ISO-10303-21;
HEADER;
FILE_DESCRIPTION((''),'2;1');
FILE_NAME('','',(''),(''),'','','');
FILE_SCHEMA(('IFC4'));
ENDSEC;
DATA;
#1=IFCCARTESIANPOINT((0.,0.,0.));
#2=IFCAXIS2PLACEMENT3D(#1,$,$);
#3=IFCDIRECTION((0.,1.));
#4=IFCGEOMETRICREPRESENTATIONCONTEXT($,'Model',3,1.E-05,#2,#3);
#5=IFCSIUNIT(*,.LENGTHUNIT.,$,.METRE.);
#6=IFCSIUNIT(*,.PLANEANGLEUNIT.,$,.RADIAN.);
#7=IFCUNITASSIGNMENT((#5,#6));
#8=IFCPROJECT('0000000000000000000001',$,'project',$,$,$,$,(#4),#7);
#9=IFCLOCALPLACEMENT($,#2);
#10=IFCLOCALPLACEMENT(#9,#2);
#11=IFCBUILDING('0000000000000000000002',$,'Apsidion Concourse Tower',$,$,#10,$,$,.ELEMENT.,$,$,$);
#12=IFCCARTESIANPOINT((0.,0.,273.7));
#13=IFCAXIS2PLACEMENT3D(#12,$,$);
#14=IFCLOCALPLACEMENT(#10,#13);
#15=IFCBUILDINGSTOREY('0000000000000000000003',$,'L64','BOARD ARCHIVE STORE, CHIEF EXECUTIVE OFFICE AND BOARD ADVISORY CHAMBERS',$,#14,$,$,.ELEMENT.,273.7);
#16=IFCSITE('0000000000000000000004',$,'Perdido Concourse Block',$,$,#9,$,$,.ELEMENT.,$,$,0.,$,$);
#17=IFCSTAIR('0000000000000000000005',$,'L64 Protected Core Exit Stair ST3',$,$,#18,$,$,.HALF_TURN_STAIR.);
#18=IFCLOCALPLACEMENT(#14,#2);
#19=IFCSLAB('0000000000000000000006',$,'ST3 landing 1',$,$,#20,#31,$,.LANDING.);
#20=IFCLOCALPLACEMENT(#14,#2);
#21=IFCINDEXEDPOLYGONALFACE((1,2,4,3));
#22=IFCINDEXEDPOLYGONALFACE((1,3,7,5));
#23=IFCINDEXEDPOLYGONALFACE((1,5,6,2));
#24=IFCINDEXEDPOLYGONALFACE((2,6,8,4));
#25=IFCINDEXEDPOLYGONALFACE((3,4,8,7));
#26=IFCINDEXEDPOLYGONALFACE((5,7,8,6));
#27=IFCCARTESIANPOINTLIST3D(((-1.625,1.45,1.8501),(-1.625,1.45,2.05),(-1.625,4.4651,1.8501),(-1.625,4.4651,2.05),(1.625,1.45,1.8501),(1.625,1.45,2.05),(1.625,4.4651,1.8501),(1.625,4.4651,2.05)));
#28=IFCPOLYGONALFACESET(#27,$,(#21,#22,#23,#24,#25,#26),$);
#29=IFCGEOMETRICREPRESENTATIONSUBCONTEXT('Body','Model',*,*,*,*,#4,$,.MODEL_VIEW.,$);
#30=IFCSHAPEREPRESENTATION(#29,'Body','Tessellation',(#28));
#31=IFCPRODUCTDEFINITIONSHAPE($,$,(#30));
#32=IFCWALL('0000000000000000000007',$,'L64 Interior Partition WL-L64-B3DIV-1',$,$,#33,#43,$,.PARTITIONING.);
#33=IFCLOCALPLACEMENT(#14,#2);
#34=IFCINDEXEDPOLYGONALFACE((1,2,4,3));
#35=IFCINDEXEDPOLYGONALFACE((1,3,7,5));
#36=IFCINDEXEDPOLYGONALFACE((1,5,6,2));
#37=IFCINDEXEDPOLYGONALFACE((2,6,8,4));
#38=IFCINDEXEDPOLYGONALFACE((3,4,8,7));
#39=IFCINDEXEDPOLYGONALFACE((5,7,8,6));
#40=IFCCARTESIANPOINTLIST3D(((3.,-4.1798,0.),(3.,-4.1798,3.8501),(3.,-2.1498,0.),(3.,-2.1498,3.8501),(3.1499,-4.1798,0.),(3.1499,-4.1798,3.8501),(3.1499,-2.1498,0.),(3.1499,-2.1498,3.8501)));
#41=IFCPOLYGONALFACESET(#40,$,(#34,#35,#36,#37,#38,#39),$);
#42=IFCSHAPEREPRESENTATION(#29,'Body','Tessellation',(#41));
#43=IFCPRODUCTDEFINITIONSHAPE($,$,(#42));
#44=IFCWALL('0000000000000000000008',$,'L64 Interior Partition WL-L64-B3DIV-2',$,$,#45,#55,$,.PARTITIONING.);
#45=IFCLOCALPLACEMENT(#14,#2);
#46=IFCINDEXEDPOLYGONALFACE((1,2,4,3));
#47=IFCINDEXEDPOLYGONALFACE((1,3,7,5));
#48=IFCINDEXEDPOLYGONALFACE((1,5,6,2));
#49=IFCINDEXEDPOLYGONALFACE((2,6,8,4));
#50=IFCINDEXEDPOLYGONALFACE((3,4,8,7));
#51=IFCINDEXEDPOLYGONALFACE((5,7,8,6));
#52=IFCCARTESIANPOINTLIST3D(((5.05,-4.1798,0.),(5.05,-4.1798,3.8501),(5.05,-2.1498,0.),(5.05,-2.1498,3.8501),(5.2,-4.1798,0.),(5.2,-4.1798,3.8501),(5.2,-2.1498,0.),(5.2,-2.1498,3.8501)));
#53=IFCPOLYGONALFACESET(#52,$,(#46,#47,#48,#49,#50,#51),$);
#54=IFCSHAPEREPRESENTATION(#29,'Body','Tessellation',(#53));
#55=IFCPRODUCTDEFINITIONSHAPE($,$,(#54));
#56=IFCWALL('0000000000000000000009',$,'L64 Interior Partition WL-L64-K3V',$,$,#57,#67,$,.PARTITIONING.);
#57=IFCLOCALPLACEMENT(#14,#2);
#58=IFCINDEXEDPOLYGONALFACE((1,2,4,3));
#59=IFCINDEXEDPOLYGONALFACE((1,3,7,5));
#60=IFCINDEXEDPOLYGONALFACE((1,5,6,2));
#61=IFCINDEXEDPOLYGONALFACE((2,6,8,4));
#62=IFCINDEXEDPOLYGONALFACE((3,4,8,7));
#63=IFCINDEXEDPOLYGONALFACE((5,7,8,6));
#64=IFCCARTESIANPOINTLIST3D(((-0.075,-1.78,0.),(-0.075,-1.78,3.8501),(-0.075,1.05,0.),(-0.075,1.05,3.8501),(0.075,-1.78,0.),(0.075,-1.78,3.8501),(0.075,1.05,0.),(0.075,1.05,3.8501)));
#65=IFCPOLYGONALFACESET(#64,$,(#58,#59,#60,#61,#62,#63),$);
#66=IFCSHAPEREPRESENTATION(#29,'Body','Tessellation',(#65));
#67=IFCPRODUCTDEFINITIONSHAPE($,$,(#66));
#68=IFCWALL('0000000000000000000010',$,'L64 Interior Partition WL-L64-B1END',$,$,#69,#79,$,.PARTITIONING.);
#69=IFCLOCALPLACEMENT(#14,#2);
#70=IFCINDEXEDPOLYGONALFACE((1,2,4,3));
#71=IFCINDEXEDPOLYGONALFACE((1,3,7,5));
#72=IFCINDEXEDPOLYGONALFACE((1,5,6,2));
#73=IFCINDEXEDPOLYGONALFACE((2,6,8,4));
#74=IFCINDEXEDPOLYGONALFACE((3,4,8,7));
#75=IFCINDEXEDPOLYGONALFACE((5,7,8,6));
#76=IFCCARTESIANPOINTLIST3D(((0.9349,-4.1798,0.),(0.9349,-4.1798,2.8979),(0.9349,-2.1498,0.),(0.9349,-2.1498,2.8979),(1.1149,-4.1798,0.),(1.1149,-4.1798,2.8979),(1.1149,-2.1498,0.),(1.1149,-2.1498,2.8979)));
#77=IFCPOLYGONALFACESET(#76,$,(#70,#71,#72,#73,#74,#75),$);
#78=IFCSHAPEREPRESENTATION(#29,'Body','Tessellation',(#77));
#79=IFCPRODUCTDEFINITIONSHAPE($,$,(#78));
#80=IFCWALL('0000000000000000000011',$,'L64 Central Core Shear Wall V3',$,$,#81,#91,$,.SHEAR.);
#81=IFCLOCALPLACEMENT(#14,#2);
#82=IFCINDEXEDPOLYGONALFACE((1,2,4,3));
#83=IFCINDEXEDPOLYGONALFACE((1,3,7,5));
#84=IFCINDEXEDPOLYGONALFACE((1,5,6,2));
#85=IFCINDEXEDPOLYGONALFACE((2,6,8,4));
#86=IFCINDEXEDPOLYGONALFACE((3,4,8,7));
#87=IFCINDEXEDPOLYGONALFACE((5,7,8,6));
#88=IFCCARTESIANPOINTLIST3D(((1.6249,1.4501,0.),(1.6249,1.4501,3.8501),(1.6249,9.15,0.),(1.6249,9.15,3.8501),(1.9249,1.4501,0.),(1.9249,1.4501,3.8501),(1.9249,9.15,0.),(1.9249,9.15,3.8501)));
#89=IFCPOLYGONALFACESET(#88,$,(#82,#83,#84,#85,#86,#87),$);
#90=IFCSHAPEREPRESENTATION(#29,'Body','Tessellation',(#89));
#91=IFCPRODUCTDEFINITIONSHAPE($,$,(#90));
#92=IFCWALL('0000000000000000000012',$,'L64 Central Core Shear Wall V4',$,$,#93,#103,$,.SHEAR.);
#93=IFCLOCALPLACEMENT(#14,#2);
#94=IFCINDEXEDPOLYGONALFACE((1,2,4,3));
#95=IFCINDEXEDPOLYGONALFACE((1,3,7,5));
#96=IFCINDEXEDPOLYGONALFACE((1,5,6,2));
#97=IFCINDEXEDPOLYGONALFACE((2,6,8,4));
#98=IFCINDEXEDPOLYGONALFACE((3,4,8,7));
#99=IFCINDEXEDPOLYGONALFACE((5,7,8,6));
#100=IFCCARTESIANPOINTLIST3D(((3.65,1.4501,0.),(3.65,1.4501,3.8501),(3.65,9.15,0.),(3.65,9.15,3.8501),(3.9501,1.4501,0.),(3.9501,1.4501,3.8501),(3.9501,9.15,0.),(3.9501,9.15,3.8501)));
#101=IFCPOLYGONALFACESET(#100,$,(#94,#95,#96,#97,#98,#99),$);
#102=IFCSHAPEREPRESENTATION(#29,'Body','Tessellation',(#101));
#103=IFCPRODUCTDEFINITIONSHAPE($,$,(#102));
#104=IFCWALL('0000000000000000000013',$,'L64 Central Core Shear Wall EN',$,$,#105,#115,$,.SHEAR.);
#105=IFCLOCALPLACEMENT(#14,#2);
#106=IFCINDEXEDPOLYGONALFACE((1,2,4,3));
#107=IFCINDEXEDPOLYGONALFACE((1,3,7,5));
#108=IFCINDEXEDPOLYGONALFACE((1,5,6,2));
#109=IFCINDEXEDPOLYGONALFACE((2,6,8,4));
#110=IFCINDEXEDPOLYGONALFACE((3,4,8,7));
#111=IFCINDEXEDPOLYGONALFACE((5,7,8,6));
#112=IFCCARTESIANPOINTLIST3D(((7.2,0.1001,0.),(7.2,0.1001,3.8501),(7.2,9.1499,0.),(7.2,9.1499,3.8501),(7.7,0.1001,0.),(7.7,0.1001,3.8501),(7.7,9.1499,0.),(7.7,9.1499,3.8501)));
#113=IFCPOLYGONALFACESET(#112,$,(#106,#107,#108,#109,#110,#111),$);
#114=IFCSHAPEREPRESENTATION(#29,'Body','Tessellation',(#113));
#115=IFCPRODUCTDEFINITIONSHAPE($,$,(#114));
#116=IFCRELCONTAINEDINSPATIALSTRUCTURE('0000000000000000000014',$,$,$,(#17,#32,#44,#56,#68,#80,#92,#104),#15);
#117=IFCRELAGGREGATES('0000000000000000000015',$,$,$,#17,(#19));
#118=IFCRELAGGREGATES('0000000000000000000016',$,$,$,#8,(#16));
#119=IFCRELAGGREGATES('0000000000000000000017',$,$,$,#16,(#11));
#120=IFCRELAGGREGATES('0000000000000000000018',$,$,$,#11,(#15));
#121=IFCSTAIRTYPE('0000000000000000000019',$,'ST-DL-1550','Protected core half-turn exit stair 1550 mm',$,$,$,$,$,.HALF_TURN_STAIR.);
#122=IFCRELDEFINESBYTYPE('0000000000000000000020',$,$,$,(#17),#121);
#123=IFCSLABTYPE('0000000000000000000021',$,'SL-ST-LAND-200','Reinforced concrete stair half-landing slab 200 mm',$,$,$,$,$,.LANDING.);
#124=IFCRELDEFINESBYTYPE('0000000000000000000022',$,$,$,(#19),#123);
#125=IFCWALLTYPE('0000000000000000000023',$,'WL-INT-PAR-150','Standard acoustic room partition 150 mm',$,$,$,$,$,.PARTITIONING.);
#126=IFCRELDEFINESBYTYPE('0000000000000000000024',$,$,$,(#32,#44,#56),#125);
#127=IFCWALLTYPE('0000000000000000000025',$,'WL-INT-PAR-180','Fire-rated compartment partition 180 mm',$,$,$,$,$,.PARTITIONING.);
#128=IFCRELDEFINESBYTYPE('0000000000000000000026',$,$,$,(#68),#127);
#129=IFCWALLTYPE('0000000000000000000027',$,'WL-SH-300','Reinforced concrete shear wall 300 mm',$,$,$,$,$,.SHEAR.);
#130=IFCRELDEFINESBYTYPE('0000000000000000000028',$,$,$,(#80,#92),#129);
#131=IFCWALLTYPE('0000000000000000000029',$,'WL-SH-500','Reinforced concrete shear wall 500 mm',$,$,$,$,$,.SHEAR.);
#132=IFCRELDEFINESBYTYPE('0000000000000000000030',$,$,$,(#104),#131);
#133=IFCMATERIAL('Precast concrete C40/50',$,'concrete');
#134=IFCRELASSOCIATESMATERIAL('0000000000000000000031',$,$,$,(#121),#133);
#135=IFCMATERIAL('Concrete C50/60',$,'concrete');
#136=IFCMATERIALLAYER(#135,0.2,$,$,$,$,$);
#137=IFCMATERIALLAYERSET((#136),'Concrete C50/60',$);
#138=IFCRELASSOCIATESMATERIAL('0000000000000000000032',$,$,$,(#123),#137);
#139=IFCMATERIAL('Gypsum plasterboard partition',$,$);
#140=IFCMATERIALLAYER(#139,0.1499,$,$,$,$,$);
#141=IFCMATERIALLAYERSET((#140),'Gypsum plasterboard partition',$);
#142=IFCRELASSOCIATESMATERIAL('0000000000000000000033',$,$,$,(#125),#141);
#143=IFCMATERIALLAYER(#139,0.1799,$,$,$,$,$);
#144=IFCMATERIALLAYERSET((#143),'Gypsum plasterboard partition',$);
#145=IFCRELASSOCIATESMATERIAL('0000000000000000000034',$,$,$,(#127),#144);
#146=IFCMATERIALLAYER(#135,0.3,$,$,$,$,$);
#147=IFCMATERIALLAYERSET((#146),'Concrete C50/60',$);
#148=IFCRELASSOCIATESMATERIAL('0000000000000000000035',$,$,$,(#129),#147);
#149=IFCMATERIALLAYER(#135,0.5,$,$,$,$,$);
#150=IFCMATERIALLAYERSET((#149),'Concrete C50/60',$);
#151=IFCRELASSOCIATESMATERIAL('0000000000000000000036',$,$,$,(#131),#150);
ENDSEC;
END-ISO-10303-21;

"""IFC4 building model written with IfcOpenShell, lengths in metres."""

from ifc_helpers import new_model, si_unit, direction, frame, frame_2d, origin, place, context, subcontext, project, spatial, polyline, rectangle, outline, extrude, material, layer, layer_set, type_object, element, aggregate, save


model = new_model("IFC4")

# Units and contexts
model_context = context("Model", 3, precision=1e-05, world=origin(), true_north=direction((0.0, 1.0)))
body_context = subcontext(model_context, "Body", "Model", "MODEL_VIEW")
ifc_project = project(units=[si_unit("LENGTHUNIT", "METRE"), si_unit("PLANEANGLEUNIT", "RADIAN")], contexts=[model_context])

# Site, building, storey
site_placement = place(None, origin())
site = spatial("IfcSite", under=ifc_project, at=site_placement, Name="Perdido Concourse Block", CompositionType="ELEMENT", RefElevation=0.0)
building_placement = place(site_placement, origin())
building = spatial("IfcBuilding", under=site, at=building_placement, Name="Apsidion Concourse Tower", CompositionType="ELEMENT")
storey_placement = place(building_placement, frame((0.0, 0.0, 273.7)))
storey = spatial("IfcBuildingStorey", under=building, at=storey_placement, Name="L64", Description="BOARD ARCHIVE STORE, CHIEF EXECUTIVE OFFICE AND BOARD ADVISORY CHAMBERS", CompositionType="ELEMENT", Elevation=273.7)

# Shared definitions
ifc_material_1 = material(Name="Concrete C50/60", Category="concrete")

# Stair, slab
ifc_material_2 = material(Name="Precast concrete C40/50", Category="concrete")
stair_type = type_object("IfcStairType", Name="ST-DL-1550", Description="Protected core half-turn exit stair 1550 mm", PredefinedType="HALF_TURN_STAIR", material=ifc_material_2)
ifc_layer_1 = layer(ifc_material_1, 0.2)
ifc_layer_set_1 = layer_set([ifc_layer_1], Name="Concrete C50/60")
slab_type_1 = type_object("IfcSlabType", Name="SL-ST-LAND-200", Description="Reinforced concrete stair half-landing slab 200 mm", PredefinedType="LANDING", material=ifc_layer_set_1)
stair_1_placement = place(storey_placement, origin())
stair_1 = element("IfcStair", 1, at=stair_1_placement, inside=storey, type_object=stair_type, Name="L64 Protected Core Exit Stair ST3", PredefinedType="HALF_TURN_STAIR")
slab_1_placement = place(storey_placement, frame((0.0, 0.0, 1.8501)))
slab_1 = element("IfcSlab", 2, at=slab_1_placement, type_object=slab_type_1, Name="ST3 landing 1", PredefinedType="LANDING", context=body_context, shape_type="SweptSolid", body=[
    extrude(outline(polyline([(-1.625, 4.4651), (-1.625, 1.45), (1.625, 1.45), (1.625, 4.4651), (-1.625, 4.4651)])), origin(), (0.0, 0.0, 1.0), 0.2),
])
aggregate(stair_1, [slab_1])

# Walls
ifc_material_3 = material(Name="Gypsum plasterboard partition")
ifc_layer_2 = layer(ifc_material_3, 0.1499)
ifc_layer_set_2 = layer_set([ifc_layer_2], Name="Gypsum plasterboard partition")
wall_type_1 = type_object("IfcWallType", Name="WL-INT-PAR-150", Description="Standard acoustic room partition 150 mm", PredefinedType="PARTITIONING", material=ifc_layer_set_2)
for number, where, z_axis, x_axis, name in (
    (3, (3.075, -4.1799, 0.0), (0.0, 0.0, 1.0), (0.0, 1.0, 0.0), "L64 Interior Partition WL-L64-B3DIV-1"),
    (4, (5.125, -4.1799, 0.0), (0.0, 0.0, 1.0), (0.0, 1.0, 0.0), "L64 Interior Partition WL-L64-B3DIV-2"),
):
    element("IfcWall", number, at=place(storey_placement, frame(where, z_axis=z_axis, x_axis=x_axis)), inside=storey, type_object=wall_type_1, Name=name, PredefinedType="PARTITIONING", context=body_context, shape_type="SweptSolid", body=[
        extrude(rectangle(XDim=2.03, YDim=0.1499, at=frame_2d((1.0151, 0.0))), origin(), (0.0, 0.0, 1.0), 3.8501),
    ])
wall_1_placement = place(storey_placement, frame((0.0, -1.78, 0.0), z_axis=(0.0, 0.0, 1.0), x_axis=(0.0, 1.0, 0.0)))
element("IfcWall", 5, at=wall_1_placement, inside=storey, type_object=wall_type_1, Name="L64 Interior Partition WL-L64-K3V", PredefinedType="PARTITIONING", context=body_context, shape_type="SweptSolid", body=[
    extrude(rectangle(XDim=2.8301, YDim=0.1499, at=frame_2d((1.415, 0.0))), origin(), (0.0, 0.0, 1.0), 3.8501),
])
ifc_layer_3 = layer(ifc_material_3, 0.1799)
ifc_layer_set_3 = layer_set([ifc_layer_3], Name="Gypsum plasterboard partition")
wall_type_2 = type_object("IfcWallType", Name="WL-INT-PAR-180", Description="Fire-rated compartment partition 180 mm", PredefinedType="PARTITIONING", material=ifc_layer_set_3)
wall_2_placement = place(storey_placement, frame((1.0249, -4.1799, 0.0), z_axis=(0.0, 0.0, 1.0), x_axis=(0.0, 1.0, 0.0)))
element("IfcWall", 6, at=wall_2_placement, inside=storey, type_object=wall_type_2, Name="L64 Interior Partition WL-L64-B1END", PredefinedType="PARTITIONING", context=body_context, shape_type="SweptSolid", body=[
    extrude(rectangle(XDim=2.03, YDim=0.1799, at=frame_2d((1.0151, 0.0))), origin(), (0.0, 0.0, 1.0), 2.8979),
])

# Walls
ifc_layer_4 = layer(ifc_material_1, 0.3)
ifc_layer_set_4 = layer_set([ifc_layer_4], Name="Concrete C50/60")
wall_type_3 = type_object("IfcWallType", Name="WL-SH-300", Description="Reinforced concrete shear wall 300 mm", PredefinedType="SHEAR", material=ifc_layer_set_4)
for number, where, z_axis, x_axis, name in (
    (7, (1.7749, 1.45, 0.0), (0.0, 0.0, 1.0), (0.0, 1.0, 0.0), "L64 Central Core Shear Wall V3"),
    (8, (3.8, 1.45, 0.0), (0.0, 0.0, 1.0), (0.0, 1.0, 0.0), "L64 Central Core Shear Wall V4"),
):
    element("IfcWall", number, at=place(storey_placement, frame(where, z_axis=z_axis, x_axis=x_axis)), inside=storey, type_object=wall_type_3, Name=name, PredefinedType="SHEAR", context=body_context, shape_type="SweptSolid", body=[
        extrude(rectangle(XDim=7.7, YDim=0.3, at=frame_2d((3.8501, 0.0))), origin(), (0.0, 0.0, 1.0), 3.8501),
    ])
ifc_layer_5 = layer(ifc_material_1, 0.5)
ifc_layer_set_5 = layer_set([ifc_layer_5], Name="Concrete C50/60")
wall_type_4 = type_object("IfcWallType", Name="WL-SH-500", Description="Reinforced concrete shear wall 500 mm", PredefinedType="SHEAR", material=ifc_layer_set_5)
wall_3_placement = place(storey_placement, frame((7.45, 0.1001, 0.0), z_axis=(0.0, 0.0, 1.0), x_axis=(0.0, 1.0, 0.0)))
element("IfcWall", 9, at=wall_3_placement, inside=storey, type_object=wall_type_4, Name="L64 Central Core Shear Wall EN", PredefinedType="SHEAR", context=body_context, shape_type="SweptSolid", body=[
    extrude(rectangle(XDim=9.0498, YDim=0.5, at=frame_2d((4.5249, 0.0))), origin(), (0.0, 0.0, 1.0), 3.8501),
])

save(model, "model.ifc")
